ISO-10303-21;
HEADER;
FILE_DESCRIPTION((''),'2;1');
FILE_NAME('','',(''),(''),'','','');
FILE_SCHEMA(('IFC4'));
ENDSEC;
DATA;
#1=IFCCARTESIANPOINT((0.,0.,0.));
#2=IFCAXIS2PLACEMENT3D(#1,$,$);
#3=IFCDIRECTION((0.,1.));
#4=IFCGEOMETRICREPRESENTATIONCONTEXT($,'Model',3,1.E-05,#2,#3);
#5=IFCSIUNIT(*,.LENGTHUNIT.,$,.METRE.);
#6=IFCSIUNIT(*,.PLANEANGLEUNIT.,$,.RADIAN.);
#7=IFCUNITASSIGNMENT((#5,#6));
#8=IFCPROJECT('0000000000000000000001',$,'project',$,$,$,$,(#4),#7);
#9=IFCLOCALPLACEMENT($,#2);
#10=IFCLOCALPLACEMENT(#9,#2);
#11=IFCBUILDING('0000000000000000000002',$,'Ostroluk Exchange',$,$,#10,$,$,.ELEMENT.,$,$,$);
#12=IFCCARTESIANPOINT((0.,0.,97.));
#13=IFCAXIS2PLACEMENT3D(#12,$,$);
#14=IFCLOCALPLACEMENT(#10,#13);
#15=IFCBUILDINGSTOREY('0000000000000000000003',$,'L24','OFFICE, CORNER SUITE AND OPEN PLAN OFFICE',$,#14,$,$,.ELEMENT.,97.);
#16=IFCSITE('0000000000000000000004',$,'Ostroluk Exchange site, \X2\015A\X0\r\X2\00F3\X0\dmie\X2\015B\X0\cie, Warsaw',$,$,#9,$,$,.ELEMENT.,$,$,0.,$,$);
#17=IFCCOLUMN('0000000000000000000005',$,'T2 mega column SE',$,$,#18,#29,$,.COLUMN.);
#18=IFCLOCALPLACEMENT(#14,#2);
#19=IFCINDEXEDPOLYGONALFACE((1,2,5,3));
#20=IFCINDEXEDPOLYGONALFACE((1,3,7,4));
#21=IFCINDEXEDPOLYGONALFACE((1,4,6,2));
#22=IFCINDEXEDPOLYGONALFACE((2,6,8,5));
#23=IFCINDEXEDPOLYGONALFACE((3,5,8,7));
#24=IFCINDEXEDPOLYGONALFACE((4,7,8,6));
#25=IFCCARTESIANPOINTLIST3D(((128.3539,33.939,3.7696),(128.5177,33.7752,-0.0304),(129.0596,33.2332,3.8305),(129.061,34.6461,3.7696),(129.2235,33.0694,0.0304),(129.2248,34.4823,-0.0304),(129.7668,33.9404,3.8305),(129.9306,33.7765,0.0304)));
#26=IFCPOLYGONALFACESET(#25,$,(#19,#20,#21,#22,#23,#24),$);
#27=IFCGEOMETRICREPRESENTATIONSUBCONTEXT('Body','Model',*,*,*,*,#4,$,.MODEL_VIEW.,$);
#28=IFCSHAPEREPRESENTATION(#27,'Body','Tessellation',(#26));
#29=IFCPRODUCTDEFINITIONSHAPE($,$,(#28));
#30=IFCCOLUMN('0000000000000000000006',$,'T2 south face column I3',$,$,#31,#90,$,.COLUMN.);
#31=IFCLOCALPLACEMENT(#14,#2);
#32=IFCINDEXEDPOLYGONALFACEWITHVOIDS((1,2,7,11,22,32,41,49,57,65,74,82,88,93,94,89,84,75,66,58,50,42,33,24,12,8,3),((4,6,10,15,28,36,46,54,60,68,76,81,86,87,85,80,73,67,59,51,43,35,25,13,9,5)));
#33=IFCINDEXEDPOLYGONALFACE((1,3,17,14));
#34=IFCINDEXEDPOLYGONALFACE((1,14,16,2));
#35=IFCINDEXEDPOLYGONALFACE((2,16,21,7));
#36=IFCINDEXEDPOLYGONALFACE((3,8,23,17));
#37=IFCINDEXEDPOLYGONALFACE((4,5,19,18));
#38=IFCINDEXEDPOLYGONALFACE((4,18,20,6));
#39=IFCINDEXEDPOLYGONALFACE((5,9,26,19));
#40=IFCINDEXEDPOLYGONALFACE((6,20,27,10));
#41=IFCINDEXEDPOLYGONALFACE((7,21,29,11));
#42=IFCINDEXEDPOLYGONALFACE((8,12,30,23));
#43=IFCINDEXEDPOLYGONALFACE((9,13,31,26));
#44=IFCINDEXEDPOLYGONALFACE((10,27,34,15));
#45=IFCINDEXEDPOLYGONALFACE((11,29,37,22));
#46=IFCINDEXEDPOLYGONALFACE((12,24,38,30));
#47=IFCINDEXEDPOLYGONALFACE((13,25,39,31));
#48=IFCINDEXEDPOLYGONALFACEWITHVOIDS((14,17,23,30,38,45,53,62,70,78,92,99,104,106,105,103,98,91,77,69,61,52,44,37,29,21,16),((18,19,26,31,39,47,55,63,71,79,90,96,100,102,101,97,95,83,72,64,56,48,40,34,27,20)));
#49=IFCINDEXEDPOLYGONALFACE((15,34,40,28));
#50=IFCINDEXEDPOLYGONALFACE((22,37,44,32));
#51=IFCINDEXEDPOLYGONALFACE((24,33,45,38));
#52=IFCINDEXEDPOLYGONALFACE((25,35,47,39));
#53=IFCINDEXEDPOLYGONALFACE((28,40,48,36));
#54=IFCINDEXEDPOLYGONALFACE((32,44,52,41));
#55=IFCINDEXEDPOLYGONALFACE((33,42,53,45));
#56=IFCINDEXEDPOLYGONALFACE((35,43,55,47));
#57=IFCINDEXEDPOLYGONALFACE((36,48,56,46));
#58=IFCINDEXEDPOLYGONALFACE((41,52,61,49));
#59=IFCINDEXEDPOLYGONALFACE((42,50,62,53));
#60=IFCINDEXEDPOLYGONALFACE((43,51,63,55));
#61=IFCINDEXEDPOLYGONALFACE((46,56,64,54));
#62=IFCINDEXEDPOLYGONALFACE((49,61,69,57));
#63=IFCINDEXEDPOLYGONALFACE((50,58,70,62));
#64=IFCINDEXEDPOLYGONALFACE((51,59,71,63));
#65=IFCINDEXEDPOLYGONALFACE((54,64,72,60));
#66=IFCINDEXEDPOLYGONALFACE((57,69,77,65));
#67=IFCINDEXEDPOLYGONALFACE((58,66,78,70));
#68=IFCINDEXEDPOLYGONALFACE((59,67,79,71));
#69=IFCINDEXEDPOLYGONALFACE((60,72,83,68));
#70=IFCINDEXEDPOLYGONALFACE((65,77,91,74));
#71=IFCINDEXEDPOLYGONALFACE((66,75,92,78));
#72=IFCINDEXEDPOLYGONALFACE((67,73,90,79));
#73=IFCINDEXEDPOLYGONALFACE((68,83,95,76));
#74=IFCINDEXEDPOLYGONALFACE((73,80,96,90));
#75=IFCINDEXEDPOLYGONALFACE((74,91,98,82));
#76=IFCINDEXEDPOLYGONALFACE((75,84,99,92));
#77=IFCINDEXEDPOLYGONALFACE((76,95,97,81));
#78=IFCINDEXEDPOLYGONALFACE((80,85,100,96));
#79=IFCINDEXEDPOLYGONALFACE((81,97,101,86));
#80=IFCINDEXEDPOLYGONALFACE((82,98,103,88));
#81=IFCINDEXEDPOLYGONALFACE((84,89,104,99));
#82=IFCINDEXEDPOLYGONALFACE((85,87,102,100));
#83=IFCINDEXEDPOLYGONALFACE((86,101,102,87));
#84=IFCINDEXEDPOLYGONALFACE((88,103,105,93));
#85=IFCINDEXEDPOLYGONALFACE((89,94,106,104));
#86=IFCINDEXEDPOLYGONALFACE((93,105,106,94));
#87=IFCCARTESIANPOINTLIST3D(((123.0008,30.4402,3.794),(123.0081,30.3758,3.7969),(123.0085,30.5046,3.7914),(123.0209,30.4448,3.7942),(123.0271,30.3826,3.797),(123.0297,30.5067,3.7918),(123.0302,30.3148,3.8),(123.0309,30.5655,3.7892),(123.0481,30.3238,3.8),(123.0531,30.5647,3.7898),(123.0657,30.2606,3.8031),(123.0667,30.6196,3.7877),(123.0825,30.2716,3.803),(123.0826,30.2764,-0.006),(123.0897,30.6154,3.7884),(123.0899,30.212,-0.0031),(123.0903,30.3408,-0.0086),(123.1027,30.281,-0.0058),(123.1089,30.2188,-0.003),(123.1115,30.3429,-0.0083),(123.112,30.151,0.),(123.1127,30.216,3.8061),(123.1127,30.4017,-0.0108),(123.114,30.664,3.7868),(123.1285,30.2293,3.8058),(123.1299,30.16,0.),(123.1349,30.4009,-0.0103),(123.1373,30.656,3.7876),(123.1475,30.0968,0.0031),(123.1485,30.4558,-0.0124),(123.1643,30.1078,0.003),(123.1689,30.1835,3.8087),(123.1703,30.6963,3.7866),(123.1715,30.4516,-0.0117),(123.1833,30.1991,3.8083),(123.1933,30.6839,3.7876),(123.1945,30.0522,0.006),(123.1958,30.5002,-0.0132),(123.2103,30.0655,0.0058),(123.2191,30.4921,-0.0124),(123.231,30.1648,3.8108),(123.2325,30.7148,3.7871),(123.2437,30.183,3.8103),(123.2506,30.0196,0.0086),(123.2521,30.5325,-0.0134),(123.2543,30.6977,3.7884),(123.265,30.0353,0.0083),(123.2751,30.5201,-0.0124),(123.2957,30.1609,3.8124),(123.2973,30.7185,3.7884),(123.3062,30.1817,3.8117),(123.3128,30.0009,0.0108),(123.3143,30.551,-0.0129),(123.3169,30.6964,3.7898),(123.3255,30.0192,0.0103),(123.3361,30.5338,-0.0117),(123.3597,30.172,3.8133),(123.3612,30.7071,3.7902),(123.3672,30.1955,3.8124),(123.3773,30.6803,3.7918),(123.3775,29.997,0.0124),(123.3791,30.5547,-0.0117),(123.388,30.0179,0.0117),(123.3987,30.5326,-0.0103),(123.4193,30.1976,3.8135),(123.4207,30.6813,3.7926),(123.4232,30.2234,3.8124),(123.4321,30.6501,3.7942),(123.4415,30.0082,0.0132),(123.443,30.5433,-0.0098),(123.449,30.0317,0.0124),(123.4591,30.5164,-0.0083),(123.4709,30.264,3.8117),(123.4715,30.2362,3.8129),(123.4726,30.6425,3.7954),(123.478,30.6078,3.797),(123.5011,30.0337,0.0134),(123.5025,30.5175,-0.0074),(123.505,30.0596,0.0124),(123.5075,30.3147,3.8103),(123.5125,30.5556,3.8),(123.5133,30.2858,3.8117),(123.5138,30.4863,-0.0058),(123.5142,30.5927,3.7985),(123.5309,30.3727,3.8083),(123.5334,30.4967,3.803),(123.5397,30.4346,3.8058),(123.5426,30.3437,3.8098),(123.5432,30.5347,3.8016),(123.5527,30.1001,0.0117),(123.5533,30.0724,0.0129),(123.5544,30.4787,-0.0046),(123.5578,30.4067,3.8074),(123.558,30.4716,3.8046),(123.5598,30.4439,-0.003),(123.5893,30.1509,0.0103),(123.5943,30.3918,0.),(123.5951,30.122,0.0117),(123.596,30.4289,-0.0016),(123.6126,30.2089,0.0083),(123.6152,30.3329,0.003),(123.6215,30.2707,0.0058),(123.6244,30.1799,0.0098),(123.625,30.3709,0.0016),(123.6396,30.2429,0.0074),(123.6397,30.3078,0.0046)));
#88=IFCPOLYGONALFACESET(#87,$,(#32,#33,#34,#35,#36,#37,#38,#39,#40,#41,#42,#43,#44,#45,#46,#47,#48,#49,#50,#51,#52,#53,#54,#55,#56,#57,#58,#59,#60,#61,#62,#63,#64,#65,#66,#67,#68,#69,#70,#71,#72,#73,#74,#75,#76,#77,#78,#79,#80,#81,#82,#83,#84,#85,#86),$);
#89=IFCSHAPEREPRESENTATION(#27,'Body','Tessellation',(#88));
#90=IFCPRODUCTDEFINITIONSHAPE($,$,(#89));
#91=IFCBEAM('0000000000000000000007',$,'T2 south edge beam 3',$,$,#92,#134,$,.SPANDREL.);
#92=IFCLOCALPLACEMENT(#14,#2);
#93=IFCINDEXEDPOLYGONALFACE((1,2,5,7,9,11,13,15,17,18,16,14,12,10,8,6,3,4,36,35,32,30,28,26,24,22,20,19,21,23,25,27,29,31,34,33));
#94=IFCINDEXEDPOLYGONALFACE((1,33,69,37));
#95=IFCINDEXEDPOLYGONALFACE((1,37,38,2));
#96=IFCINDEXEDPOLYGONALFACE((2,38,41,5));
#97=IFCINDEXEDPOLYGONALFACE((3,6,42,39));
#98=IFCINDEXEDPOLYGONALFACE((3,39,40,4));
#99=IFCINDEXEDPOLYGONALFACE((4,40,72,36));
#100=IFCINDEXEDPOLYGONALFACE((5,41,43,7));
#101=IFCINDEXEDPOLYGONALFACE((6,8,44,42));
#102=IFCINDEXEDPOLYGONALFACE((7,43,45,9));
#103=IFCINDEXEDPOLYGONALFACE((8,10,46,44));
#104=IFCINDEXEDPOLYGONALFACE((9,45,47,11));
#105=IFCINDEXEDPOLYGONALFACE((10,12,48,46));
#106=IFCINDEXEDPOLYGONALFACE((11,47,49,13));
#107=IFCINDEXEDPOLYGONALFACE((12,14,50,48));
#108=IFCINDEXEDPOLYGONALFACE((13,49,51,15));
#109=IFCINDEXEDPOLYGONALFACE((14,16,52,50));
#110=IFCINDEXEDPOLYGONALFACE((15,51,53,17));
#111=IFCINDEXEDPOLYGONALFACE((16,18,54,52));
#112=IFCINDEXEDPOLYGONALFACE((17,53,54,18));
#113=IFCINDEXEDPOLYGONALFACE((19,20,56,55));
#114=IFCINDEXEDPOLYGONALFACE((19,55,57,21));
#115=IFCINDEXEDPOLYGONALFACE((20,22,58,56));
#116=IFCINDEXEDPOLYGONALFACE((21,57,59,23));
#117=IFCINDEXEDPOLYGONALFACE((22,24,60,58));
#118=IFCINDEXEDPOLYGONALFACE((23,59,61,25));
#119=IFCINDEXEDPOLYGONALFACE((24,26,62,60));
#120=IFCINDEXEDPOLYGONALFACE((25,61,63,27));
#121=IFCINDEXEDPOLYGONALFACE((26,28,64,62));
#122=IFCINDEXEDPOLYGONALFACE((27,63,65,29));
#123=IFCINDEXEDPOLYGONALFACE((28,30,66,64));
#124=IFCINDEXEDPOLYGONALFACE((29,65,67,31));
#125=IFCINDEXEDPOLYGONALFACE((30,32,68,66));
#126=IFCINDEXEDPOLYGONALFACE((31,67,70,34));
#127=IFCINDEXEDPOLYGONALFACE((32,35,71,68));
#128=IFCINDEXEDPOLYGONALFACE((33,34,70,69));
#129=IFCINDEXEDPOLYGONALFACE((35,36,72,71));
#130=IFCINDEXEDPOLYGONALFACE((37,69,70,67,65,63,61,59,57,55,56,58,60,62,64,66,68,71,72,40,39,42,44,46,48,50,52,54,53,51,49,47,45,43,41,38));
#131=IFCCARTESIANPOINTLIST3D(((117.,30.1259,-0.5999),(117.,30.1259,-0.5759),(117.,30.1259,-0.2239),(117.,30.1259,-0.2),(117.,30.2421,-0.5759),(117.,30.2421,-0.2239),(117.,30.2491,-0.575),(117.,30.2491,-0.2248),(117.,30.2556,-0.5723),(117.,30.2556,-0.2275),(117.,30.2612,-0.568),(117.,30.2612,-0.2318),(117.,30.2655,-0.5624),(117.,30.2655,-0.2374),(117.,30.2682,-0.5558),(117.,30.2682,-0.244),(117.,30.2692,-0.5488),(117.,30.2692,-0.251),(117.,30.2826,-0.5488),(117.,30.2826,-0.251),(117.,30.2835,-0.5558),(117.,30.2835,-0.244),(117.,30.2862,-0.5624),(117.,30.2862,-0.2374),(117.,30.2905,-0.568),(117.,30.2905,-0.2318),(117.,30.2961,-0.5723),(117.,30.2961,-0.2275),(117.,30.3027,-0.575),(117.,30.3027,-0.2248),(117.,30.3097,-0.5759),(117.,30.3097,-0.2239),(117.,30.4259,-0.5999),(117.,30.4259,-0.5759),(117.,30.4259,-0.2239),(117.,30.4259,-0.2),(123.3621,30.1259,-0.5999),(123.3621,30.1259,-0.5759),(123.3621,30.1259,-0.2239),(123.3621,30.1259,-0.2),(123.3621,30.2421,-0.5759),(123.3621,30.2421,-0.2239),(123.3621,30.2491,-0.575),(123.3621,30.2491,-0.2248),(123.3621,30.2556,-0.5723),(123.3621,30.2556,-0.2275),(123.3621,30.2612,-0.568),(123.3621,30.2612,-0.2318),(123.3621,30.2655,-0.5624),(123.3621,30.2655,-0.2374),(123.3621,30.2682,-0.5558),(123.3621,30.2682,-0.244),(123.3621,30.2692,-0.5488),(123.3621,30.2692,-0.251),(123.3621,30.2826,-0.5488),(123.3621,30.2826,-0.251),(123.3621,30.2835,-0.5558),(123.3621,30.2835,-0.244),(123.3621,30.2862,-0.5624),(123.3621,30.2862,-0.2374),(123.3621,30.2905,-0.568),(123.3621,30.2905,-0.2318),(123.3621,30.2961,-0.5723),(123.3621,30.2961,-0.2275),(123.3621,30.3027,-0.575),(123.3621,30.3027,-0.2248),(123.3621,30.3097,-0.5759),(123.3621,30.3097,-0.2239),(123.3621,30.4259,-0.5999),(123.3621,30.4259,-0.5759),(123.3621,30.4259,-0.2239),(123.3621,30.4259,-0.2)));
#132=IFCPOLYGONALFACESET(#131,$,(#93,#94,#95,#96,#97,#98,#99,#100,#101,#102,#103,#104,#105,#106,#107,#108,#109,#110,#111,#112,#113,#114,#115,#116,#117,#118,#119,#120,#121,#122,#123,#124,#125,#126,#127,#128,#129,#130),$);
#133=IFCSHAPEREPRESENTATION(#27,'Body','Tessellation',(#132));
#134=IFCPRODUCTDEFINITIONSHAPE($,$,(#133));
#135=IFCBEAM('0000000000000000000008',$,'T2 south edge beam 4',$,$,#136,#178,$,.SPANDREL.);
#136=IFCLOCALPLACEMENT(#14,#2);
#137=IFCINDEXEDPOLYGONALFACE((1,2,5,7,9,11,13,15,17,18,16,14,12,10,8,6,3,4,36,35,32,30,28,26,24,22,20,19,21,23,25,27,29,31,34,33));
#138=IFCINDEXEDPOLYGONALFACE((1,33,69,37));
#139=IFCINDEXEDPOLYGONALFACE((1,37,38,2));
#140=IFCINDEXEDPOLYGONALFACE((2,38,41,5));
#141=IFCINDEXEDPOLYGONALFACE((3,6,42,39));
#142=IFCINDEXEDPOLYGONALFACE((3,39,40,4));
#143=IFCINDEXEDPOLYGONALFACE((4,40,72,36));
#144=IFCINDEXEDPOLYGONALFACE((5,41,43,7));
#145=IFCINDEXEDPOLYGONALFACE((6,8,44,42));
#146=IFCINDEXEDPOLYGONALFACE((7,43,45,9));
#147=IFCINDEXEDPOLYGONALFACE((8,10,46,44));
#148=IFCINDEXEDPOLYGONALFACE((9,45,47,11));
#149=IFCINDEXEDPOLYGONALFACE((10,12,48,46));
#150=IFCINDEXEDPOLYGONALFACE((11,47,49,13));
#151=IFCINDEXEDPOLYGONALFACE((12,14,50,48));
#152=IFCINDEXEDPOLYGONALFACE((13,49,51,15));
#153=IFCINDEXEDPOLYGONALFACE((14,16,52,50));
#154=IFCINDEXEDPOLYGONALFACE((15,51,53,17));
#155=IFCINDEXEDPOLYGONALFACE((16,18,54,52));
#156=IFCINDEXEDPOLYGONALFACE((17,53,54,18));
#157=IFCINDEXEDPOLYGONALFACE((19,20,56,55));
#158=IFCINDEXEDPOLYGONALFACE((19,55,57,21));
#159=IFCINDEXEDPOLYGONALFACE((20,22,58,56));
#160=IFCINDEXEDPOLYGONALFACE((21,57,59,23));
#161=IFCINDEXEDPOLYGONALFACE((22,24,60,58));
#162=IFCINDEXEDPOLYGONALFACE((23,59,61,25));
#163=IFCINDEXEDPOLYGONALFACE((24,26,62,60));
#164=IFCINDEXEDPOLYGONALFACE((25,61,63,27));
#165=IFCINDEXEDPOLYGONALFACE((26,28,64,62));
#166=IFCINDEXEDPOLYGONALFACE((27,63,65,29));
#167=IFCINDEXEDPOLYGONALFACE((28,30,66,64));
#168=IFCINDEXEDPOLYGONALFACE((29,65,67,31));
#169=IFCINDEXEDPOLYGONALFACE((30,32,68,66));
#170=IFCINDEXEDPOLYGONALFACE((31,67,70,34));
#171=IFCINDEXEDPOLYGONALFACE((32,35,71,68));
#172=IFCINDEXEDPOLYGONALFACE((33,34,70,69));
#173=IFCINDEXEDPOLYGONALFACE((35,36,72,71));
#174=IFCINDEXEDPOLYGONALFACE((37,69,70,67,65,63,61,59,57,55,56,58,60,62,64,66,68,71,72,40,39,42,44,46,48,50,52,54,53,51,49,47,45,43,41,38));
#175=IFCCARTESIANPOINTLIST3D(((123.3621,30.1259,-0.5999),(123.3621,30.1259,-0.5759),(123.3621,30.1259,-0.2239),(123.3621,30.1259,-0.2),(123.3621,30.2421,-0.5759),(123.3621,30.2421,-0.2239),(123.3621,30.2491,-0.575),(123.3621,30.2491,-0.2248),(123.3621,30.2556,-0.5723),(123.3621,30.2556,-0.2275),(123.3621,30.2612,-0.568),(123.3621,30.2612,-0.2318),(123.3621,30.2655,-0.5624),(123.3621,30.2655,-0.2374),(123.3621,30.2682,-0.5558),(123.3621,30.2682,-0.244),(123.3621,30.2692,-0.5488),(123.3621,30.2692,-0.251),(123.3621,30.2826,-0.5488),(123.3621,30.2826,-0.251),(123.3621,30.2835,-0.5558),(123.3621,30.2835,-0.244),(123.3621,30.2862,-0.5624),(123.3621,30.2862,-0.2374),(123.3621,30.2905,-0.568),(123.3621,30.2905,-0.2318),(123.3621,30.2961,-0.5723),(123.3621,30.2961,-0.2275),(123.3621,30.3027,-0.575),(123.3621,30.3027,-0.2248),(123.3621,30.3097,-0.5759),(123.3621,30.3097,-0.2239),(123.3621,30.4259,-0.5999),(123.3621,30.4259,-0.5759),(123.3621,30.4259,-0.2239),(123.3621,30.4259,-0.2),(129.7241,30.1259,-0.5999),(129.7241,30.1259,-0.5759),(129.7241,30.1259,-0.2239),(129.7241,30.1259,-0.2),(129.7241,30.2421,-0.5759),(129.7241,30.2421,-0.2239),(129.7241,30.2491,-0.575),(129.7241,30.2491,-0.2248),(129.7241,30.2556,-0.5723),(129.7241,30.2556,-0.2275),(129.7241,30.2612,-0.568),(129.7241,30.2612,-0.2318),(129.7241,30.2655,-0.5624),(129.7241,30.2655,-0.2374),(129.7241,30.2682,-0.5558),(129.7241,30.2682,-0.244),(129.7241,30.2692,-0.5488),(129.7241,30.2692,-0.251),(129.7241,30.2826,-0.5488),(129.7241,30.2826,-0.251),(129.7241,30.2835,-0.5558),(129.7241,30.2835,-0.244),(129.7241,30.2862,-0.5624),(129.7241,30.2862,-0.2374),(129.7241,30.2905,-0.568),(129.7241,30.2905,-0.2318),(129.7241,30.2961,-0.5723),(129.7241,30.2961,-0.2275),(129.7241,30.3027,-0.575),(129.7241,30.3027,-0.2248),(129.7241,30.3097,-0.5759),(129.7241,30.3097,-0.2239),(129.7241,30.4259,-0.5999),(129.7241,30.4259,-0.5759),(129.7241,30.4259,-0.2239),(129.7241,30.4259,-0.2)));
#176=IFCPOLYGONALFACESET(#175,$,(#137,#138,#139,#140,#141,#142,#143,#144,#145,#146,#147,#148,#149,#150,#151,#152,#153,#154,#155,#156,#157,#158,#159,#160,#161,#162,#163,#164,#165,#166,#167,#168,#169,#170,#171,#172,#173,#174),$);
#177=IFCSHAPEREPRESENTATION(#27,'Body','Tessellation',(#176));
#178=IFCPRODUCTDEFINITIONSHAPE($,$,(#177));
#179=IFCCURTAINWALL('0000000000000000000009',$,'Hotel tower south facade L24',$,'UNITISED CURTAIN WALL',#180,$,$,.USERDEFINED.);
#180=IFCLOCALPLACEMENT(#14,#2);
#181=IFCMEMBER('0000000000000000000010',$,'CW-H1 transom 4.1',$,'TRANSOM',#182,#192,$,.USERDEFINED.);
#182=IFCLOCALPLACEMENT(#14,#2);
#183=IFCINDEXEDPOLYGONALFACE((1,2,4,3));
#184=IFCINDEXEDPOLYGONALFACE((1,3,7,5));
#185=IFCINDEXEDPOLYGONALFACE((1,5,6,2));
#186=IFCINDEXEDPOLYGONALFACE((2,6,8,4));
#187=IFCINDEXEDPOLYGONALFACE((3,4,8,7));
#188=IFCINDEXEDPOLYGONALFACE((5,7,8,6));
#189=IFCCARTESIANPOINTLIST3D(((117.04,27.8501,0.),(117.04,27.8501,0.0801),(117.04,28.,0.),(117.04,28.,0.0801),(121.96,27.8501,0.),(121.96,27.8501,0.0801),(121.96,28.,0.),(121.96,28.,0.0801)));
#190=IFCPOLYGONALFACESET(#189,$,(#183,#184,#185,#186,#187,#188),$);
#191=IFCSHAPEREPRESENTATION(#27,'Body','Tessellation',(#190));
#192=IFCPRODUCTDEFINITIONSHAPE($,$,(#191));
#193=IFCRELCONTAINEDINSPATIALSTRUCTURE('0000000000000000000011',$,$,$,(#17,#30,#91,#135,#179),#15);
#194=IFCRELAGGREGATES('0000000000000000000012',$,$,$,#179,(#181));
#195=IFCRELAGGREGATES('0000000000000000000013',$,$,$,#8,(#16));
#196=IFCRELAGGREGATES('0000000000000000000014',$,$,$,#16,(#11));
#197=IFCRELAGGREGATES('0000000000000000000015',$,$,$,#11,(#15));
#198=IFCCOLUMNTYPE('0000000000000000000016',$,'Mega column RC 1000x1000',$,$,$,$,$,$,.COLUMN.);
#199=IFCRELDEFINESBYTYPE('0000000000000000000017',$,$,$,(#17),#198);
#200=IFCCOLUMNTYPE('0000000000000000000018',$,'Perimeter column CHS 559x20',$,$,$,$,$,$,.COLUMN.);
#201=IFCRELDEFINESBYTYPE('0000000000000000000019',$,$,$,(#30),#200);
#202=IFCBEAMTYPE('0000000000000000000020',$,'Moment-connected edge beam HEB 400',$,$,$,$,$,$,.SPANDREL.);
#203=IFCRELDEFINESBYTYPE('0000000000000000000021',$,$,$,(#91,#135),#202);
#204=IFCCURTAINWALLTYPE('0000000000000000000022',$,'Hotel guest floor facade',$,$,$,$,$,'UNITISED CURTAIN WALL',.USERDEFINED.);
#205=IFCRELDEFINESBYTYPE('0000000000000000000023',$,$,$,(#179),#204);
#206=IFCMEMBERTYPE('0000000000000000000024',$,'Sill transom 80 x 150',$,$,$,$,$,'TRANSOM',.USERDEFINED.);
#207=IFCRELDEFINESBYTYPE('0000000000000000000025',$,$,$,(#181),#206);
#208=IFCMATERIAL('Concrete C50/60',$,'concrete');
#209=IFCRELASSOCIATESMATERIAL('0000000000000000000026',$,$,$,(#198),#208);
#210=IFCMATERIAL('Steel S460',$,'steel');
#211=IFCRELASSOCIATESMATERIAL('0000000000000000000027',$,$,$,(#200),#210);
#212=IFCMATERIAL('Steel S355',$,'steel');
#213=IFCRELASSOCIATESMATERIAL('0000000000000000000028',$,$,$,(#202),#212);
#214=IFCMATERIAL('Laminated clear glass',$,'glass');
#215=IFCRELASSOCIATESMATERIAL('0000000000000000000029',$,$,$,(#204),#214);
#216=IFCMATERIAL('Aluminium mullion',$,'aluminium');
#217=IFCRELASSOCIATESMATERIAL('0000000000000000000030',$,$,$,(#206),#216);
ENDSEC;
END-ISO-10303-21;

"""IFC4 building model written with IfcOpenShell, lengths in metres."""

from ifc_helpers import new_model, si_unit, direction, frame, origin, origin_2d, place, context, subcontext, project, spatial, rectangle, hollow_circle, i_section, extrude, material, material_profile, profile_set, type_object, element, aggregate, save


model = new_model("IFC4")

# Units and contexts
model_context = context("Model", 3, precision=1e-05, world=origin(), true_north=direction((0.0, 1.0)))
body_context = subcontext(model_context, "Body", "Model", "MODEL_VIEW")
ifc_project = project(units=[si_unit("LENGTHUNIT", "METRE"), si_unit("PLANEANGLEUNIT", "RADIAN")], contexts=[model_context])

# Site, building, storey
site_placement = place(None, origin())
site = spatial("IfcSite", under=ifc_project, at=site_placement, Name="Ostroluk Exchange site, Śródmieście, Warsaw", CompositionType="ELEMENT", RefElevation=0.0)
building_placement = place(site_placement, origin())
building = spatial("IfcBuilding", under=site, at=building_placement, Name="Ostroluk Exchange", CompositionType="ELEMENT")
storey_placement = place(building_placement, frame((0.0, 0.0, 97.0)))
storey = spatial("IfcBuildingStorey", under=building, at=storey_placement, Name="L24", Description="OFFICE, CORNER SUITE AND OPEN PLAN OFFICE", CompositionType="ELEMENT", Elevation=97.0)

# Columns
ifc_material_1 = material(Name="Concrete C50/60", Category="concrete")
ifc_material_profile_1 = material_profile(ifc_material_1, rectangle(XDim=1.0, YDim=1.0, at=origin_2d()), Name="RC 1000x1000")
ifc_profile_set_1 = profile_set([ifc_material_profile_1], Name="Concrete C50/60")
column_type_1 = type_object("IfcColumnType", Name="Mega column RC 1000x1000", PredefinedType="COLUMN", material=ifc_profile_set_1)
column_1_placement = place(storey_placement, frame((129.2241, 33.7759, 0.0), z_axis=(-0.04303, 0.04303, 0.998147), x_axis=(-0.707107, -0.707107, 0.0)))
element("IfcColumn", 1, at=column_1_placement, inside=storey, type_object=column_type_1, Name="T2 mega column SE", PredefinedType="COLUMN", context=body_context, shape_type="SweptSolid", body=[
    extrude(rectangle(XDim=1.0, YDim=1.0, at=origin_2d()), origin(), (0.0, 0.0, 1.0), 3.8071),
])
ifc_material_2 = material(Name="Steel S460", Category="steel")
ifc_material_profile_2 = material_profile(ifc_material_2, hollow_circle(Radius=0.2795, WallThickness=0.02, at=origin_2d()), Name="CHS 559x20")
ifc_profile_set_2 = profile_set([ifc_material_profile_2], Name="Steel S460")
column_type_2 = type_object("IfcColumnType", Name="Perimeter column CHS 559x20", PredefinedType="COLUMN", material=ifc_profile_set_2)
column_2_placement = place(storey_placement, frame((123.3621, 30.2759, 0.0), z_axis=(-0.021498, 0.04306, 0.998841), x_axis=(-0.894694, -0.44668, 0.0)))
element("IfcColumn", 2, at=column_2_placement, inside=storey, type_object=column_type_2, Name="T2 south face column I3", PredefinedType="COLUMN", context=body_context, shape_type="SweptSolid", body=[
    extrude(hollow_circle(Radius=0.2795, WallThickness=0.02, at=origin_2d()), origin(), (0.0, 0.0, 1.0), 3.8044),
])

# Beams
ifc_material_3 = material(Name="Steel S355", Category="steel")
ifc_material_profile_3 = material_profile(ifc_material_3, i_section(OverallWidth=0.3, OverallDepth=0.3999, WebThickness=0.0134, FlangeThickness=0.0239, FilletRadius=0.0271, at=origin_2d()), Name="HEB 400")
ifc_profile_set_3 = profile_set([ifc_material_profile_3], Name="Steel S355")
beam_type = type_object("IfcBeamType", Name="Moment-connected edge beam HEB 400", PredefinedType="SPANDREL", material=ifc_profile_set_3)
for number, where, z_axis, x_axis, name in (
    (3, (117.0, 30.2759, -0.3999), (1.0, 0.0, 0.0), (0.0, 1.0, 0.0), "T2 south edge beam 3"),
    (4, (123.3621, 30.2759, -0.3999), (1.0, 0.0, 0.0), (0.0, 1.0, 0.0), "T2 south edge beam 4"),
):
    element("IfcBeam", number, at=place(storey_placement, frame(where, z_axis=z_axis, x_axis=x_axis)), inside=storey, type_object=beam_type, Name=name, PredefinedType="SPANDREL", context=body_context, shape_type="SweptSolid", body=[
        extrude(i_section(OverallWidth=0.3, OverallDepth=0.3999, WebThickness=0.0134, FlangeThickness=0.0239, FilletRadius=0.0271, at=origin_2d()), origin(), (0.0, 0.0, 1.0), 6.3621),
    ])

# Curtain wall, member
ifc_material_4 = material(Name="Laminated clear glass", Category="glass")
curtain_wall_type = type_object("IfcCurtainWallType", Name="Hotel guest floor facade", ElementType="UNITISED CURTAIN WALL", PredefinedType="USERDEFINED", material=ifc_material_4)
curtain_wall_placement = place(storey_placement, origin())
curtain_wall = element("IfcCurtainWall", 5, at=curtain_wall_placement, inside=storey, type_object=curtain_wall_type, Name="Hotel tower south facade L24", ObjectType="UNITISED CURTAIN WALL", PredefinedType="USERDEFINED")
ifc_material_5 = material(Name="Aluminium mullion", Category="aluminium")
ifc_material_profile_4 = material_profile(ifc_material_5, rectangle(XDim=0.1499, YDim=0.0801, at=origin_2d()), Name="Sill transom 80 x 150")
ifc_profile_set_4 = profile_set([ifc_material_profile_4], Name="Aluminium mullion")
member_type_1 = type_object("IfcMemberType", Name="Sill transom 80 x 150", ElementType="TRANSOM", PredefinedType="USERDEFINED", material=ifc_profile_set_4)
member_1_placement = place(storey_placement, frame((117.04, 27.925, 0.04), z_axis=(1.0, 0.0, 0.0), x_axis=(0.0, 1.0, 0.0)))
member_1 = element("IfcMember", 6, at=member_1_placement, type_object=member_type_1, Name="CW-H1 transom 4.1", ObjectType="TRANSOM", PredefinedType="USERDEFINED", context=body_context, shape_type="SweptSolid", body=[
    extrude(rectangle(XDim=0.1499, YDim=0.0801, at=origin_2d()), origin(), (0.0, 0.0, 1.0), 4.9199),
])
aggregate(curtain_wall, [member_1])

save(model, "model.ifc")
